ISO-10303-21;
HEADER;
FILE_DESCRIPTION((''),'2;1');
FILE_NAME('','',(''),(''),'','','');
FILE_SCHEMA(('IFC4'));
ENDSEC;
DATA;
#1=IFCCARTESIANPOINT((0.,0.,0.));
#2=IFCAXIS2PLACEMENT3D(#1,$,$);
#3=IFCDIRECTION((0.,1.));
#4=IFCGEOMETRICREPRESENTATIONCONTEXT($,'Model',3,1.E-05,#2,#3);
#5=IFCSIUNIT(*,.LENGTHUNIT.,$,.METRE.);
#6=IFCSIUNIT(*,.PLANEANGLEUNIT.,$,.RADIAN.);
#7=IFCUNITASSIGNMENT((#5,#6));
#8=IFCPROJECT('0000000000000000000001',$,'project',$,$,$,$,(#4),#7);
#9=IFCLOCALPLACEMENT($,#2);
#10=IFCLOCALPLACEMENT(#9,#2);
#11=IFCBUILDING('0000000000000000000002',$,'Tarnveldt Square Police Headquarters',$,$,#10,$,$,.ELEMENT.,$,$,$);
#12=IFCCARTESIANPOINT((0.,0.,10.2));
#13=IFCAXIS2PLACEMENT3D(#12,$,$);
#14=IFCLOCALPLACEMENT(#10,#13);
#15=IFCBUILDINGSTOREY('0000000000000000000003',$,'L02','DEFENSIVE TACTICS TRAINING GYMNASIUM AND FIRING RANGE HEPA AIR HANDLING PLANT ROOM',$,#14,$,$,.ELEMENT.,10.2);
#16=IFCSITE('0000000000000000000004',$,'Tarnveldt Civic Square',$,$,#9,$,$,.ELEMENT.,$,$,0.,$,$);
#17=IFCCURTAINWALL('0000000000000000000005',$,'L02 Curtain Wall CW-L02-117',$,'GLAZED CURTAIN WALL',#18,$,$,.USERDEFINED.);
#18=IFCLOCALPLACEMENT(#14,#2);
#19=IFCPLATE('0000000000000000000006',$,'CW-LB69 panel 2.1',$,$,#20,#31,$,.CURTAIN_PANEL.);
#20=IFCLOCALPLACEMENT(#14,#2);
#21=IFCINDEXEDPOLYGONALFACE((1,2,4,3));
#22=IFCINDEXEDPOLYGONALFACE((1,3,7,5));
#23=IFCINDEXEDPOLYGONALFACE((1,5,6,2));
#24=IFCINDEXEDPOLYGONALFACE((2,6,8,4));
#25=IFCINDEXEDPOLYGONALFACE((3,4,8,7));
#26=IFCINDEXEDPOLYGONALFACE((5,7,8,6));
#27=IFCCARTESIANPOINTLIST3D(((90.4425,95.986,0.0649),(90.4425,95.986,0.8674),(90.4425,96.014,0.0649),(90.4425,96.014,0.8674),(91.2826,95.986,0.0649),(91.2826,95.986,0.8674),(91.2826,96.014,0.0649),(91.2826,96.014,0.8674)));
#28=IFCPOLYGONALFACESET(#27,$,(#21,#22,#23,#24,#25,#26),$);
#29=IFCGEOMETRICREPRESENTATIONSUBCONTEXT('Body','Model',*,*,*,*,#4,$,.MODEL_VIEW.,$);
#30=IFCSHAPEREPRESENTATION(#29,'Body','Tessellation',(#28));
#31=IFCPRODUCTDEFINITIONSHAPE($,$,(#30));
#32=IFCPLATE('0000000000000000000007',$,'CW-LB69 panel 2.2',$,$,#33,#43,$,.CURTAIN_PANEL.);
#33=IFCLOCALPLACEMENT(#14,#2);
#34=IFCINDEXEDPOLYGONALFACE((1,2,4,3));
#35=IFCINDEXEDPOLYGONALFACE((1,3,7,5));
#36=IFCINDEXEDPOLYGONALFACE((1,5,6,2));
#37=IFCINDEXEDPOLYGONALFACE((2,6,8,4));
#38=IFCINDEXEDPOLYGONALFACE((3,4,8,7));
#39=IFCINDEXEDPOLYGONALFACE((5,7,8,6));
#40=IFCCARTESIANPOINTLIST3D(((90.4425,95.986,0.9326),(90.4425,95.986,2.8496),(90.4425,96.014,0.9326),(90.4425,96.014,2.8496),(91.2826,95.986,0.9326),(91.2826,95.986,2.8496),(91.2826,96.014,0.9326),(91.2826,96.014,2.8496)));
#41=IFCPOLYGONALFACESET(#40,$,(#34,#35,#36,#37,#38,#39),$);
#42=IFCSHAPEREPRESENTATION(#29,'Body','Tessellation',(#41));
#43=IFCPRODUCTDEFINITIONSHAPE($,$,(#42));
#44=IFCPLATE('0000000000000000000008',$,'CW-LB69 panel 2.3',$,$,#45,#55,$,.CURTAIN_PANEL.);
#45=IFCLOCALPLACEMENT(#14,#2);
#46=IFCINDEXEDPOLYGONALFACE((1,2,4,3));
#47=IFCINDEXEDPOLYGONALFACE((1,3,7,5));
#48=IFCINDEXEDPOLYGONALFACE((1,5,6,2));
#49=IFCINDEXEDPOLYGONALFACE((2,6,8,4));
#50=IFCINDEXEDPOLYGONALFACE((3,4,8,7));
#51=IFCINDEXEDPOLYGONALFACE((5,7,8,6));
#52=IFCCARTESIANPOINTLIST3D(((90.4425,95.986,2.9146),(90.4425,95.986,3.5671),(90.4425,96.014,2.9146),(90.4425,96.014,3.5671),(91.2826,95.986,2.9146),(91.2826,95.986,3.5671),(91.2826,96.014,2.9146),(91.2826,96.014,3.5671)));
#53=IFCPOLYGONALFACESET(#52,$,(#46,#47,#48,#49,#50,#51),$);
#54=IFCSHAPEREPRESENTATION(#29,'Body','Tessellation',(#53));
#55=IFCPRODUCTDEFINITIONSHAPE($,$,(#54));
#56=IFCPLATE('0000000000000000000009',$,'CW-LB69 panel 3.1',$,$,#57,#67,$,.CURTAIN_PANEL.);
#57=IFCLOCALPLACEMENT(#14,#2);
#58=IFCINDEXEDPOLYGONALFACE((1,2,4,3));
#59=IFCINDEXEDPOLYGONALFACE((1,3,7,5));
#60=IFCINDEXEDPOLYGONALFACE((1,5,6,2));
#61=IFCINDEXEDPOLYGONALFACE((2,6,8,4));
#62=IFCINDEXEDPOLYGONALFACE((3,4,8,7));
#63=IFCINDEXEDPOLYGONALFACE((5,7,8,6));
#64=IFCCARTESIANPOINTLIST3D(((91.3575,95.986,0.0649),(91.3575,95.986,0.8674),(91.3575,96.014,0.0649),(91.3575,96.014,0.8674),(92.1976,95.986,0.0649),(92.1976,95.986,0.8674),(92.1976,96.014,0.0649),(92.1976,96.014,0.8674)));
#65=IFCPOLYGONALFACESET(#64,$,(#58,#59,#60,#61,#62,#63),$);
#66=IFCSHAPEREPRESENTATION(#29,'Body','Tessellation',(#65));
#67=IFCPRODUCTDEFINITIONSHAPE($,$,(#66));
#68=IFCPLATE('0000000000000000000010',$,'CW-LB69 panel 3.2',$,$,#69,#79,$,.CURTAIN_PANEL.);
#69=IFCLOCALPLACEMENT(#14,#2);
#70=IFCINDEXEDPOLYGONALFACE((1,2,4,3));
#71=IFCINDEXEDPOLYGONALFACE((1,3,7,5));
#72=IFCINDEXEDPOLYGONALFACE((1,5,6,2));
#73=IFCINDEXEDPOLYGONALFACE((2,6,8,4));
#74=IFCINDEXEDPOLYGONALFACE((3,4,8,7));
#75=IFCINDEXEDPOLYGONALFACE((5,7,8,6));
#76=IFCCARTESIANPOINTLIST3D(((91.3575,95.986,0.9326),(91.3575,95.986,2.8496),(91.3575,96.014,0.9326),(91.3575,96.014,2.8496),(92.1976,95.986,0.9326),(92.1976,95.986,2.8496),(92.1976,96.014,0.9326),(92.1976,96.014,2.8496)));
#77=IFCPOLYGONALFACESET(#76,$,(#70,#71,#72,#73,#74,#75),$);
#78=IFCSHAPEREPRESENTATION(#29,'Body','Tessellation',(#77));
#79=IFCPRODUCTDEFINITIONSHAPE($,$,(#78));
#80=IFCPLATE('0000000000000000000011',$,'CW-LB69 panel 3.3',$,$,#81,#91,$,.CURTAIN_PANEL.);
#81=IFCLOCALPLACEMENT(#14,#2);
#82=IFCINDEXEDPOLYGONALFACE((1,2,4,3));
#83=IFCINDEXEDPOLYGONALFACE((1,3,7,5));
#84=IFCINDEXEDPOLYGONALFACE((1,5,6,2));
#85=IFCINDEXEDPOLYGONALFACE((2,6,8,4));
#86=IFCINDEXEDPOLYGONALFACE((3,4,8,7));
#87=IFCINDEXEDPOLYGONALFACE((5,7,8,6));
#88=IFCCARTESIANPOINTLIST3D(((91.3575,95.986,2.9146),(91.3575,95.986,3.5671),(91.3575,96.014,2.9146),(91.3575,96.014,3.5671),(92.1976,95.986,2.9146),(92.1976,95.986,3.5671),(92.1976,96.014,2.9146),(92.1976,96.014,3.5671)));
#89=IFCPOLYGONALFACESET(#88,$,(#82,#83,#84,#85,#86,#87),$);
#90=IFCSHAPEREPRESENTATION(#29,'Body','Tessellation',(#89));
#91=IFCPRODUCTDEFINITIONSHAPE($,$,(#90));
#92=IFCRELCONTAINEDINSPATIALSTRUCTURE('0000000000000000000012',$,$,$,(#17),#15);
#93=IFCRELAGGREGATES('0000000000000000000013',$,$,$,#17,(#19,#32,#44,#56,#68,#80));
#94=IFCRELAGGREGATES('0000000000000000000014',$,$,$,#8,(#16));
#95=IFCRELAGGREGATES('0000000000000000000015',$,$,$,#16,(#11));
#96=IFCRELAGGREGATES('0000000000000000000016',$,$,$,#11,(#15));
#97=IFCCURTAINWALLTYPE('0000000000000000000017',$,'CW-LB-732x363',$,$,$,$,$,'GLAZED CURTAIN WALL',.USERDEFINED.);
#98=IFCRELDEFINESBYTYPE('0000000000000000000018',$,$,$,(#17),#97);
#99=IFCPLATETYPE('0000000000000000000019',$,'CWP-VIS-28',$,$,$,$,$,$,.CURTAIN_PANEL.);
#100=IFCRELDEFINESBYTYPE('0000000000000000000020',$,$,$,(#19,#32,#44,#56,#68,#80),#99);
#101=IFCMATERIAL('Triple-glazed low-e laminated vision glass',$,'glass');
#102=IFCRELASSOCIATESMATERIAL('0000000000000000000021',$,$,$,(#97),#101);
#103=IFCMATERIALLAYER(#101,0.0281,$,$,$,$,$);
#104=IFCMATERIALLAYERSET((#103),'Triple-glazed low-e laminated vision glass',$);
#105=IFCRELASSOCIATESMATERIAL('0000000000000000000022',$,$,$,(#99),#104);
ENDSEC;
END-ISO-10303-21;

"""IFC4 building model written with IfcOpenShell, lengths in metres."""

from ifc_helpers import new_model, si_unit, direction, frame, origin, origin_2d, place, context, subcontext, project, spatial, rectangle, extrude, material, layer, layer_set, type_object, element, aggregate, save


model = new_model("IFC4")

# Units and contexts
model_context = context("Model", 3, precision=1e-05, world=origin(), true_north=direction((0.0, 1.0)))
body_context = subcontext(model_context, "Body", "Model", "MODEL_VIEW")
ifc_project = project(units=[si_unit("LENGTHUNIT", "METRE"), si_unit("PLANEANGLEUNIT", "RADIAN")], contexts=[model_context])

# Site, building, storey
site_placement = place(None, origin())
site = spatial("IfcSite", under=ifc_project, at=site_placement, Name="Tarnveldt Civic Square", CompositionType="ELEMENT", RefElevation=0.0)
building_placement = place(site_placement, origin())
building = spatial("IfcBuilding", under=site, at=building_placement, Name="Tarnveldt Square Police Headquarters", CompositionType="ELEMENT")
storey_placement = place(building_placement, frame((0.0, 0.0, 10.2)))
storey = spatial("IfcBuildingStorey", under=building, at=storey_placement, Name="L02", Description="DEFENSIVE TACTICS TRAINING GYMNASIUM AND FIRING RANGE HEPA AIR HANDLING PLANT ROOM", CompositionType="ELEMENT", Elevation=10.2)

# Curtain wall, plates
ifc_material_1 = material(Name="Triple-glazed low-e laminated vision glass", Category="glass")
curtain_wall_type = type_object("IfcCurtainWallType", Name="CW-LB-732x363", ElementType="GLAZED CURTAIN WALL", PredefinedType="USERDEFINED", material=ifc_material_1)
curtain_wall_placement = place(storey_placement, origin())
curtain_wall = element("IfcCurtainWall", 1, at=curtain_wall_placement, inside=storey, type_object=curtain_wall_type, Name="L02 Curtain Wall CW-L02-117", ObjectType="GLAZED CURTAIN WALL", PredefinedType="USERDEFINED")
ifc_layer = layer(ifc_material_1, 0.0281)
ifc_layer_set = layer_set([ifc_layer], Name="Triple-glazed low-e laminated vision glass")
plate_type = type_object("IfcPlateType", Name="CWP-VIS-28", PredefinedType="CURTAIN_PANEL", material=ifc_layer_set)
plate_1_placement = place(storey_placement, frame((90.8625, 96.0, 0.0649), z_axis=(0.0, 0.0, 1.0), x_axis=(1.0, 0.0, 0.0)))
plate_1 = element("IfcPlate", 2, at=plate_1_placement, type_object=plate_type, Name="CW-LB69 panel 2.1", PredefinedType="CURTAIN_PANEL", context=body_context, shape_type="SweptSolid", body=[
    extrude(rectangle(XDim=0.8401, YDim=0.0281, at=origin_2d()), origin(), (0.0, 0.0, 1.0), 0.8025),
])
plate_2_placement = place(storey_placement, frame((90.8625, 96.0, 0.9326), z_axis=(0.0, 0.0, 1.0), x_axis=(1.0, 0.0, 0.0)))
plate_2 = element("IfcPlate", 3, at=plate_2_placement, type_object=plate_type, Name="CW-LB69 panel 2.2", PredefinedType="CURTAIN_PANEL", context=body_context, shape_type="SweptSolid", body=[
    extrude(rectangle(XDim=0.8401, YDim=0.0281, at=origin_2d()), origin(), (0.0, 0.0, 1.0), 1.917),
])
plate_3_placement = place(storey_placement, frame((90.8625, 96.0, 2.9146), z_axis=(0.0, 0.0, 1.0), x_axis=(1.0, 0.0, 0.0)))
plate_3 = element("IfcPlate", 4, at=plate_3_placement, type_object=plate_type, Name="CW-LB69 panel 2.3", PredefinedType="CURTAIN_PANEL", context=body_context, shape_type="SweptSolid", body=[
    extrude(rectangle(XDim=0.8401, YDim=0.0281, at=origin_2d()), origin(), (0.0, 0.0, 1.0), 0.6526),
])
plate_4_placement = place(storey_placement, frame((91.7776, 96.0, 0.0649), z_axis=(0.0, 0.0, 1.0), x_axis=(1.0, 0.0, 0.0)))
plate_4 = element("IfcPlate", 5, at=plate_4_placement, type_object=plate_type, Name="CW-LB69 panel 3.1", PredefinedType="CURTAIN_PANEL", context=body_context, shape_type="SweptSolid", body=[
    extrude(rectangle(XDim=0.8401, YDim=0.0281, at=origin_2d()), origin(), (0.0, 0.0, 1.0), 0.8025),
])
plate_5_placement = place(storey_placement, frame((91.7776, 96.0, 0.9326), z_axis=(0.0, 0.0, 1.0), x_axis=(1.0, 0.0, 0.0)))
plate_5 = element("IfcPlate", 6, at=plate_5_placement, type_object=plate_type, Name="CW-LB69 panel 3.2", PredefinedType="CURTAIN_PANEL", context=body_context, shape_type="SweptSolid", body=[
    extrude(rectangle(XDim=0.8401, YDim=0.0281, at=origin_2d()), origin(), (0.0, 0.0, 1.0), 1.917),
])
plate_6_placement = place(storey_placement, frame((91.7776, 96.0, 2.9146), z_axis=(0.0, 0.0, 1.0), x_axis=(1.0, 0.0, 0.0)))
plate_6 = element("IfcPlate", 7, at=plate_6_placement, type_object=plate_type, Name="CW-LB69 panel 3.3", PredefinedType="CURTAIN_PANEL", context=body_context, shape_type="SweptSolid", body=[
    extrude(rectangle(XDim=0.8401, YDim=0.0281, at=origin_2d()), origin(), (0.0, 0.0, 1.0), 0.6526),
])
aggregate(curtain_wall, [plate_1, plate_2, plate_3, plate_4, plate_5, plate_6])

save(model, "model.ifc")
